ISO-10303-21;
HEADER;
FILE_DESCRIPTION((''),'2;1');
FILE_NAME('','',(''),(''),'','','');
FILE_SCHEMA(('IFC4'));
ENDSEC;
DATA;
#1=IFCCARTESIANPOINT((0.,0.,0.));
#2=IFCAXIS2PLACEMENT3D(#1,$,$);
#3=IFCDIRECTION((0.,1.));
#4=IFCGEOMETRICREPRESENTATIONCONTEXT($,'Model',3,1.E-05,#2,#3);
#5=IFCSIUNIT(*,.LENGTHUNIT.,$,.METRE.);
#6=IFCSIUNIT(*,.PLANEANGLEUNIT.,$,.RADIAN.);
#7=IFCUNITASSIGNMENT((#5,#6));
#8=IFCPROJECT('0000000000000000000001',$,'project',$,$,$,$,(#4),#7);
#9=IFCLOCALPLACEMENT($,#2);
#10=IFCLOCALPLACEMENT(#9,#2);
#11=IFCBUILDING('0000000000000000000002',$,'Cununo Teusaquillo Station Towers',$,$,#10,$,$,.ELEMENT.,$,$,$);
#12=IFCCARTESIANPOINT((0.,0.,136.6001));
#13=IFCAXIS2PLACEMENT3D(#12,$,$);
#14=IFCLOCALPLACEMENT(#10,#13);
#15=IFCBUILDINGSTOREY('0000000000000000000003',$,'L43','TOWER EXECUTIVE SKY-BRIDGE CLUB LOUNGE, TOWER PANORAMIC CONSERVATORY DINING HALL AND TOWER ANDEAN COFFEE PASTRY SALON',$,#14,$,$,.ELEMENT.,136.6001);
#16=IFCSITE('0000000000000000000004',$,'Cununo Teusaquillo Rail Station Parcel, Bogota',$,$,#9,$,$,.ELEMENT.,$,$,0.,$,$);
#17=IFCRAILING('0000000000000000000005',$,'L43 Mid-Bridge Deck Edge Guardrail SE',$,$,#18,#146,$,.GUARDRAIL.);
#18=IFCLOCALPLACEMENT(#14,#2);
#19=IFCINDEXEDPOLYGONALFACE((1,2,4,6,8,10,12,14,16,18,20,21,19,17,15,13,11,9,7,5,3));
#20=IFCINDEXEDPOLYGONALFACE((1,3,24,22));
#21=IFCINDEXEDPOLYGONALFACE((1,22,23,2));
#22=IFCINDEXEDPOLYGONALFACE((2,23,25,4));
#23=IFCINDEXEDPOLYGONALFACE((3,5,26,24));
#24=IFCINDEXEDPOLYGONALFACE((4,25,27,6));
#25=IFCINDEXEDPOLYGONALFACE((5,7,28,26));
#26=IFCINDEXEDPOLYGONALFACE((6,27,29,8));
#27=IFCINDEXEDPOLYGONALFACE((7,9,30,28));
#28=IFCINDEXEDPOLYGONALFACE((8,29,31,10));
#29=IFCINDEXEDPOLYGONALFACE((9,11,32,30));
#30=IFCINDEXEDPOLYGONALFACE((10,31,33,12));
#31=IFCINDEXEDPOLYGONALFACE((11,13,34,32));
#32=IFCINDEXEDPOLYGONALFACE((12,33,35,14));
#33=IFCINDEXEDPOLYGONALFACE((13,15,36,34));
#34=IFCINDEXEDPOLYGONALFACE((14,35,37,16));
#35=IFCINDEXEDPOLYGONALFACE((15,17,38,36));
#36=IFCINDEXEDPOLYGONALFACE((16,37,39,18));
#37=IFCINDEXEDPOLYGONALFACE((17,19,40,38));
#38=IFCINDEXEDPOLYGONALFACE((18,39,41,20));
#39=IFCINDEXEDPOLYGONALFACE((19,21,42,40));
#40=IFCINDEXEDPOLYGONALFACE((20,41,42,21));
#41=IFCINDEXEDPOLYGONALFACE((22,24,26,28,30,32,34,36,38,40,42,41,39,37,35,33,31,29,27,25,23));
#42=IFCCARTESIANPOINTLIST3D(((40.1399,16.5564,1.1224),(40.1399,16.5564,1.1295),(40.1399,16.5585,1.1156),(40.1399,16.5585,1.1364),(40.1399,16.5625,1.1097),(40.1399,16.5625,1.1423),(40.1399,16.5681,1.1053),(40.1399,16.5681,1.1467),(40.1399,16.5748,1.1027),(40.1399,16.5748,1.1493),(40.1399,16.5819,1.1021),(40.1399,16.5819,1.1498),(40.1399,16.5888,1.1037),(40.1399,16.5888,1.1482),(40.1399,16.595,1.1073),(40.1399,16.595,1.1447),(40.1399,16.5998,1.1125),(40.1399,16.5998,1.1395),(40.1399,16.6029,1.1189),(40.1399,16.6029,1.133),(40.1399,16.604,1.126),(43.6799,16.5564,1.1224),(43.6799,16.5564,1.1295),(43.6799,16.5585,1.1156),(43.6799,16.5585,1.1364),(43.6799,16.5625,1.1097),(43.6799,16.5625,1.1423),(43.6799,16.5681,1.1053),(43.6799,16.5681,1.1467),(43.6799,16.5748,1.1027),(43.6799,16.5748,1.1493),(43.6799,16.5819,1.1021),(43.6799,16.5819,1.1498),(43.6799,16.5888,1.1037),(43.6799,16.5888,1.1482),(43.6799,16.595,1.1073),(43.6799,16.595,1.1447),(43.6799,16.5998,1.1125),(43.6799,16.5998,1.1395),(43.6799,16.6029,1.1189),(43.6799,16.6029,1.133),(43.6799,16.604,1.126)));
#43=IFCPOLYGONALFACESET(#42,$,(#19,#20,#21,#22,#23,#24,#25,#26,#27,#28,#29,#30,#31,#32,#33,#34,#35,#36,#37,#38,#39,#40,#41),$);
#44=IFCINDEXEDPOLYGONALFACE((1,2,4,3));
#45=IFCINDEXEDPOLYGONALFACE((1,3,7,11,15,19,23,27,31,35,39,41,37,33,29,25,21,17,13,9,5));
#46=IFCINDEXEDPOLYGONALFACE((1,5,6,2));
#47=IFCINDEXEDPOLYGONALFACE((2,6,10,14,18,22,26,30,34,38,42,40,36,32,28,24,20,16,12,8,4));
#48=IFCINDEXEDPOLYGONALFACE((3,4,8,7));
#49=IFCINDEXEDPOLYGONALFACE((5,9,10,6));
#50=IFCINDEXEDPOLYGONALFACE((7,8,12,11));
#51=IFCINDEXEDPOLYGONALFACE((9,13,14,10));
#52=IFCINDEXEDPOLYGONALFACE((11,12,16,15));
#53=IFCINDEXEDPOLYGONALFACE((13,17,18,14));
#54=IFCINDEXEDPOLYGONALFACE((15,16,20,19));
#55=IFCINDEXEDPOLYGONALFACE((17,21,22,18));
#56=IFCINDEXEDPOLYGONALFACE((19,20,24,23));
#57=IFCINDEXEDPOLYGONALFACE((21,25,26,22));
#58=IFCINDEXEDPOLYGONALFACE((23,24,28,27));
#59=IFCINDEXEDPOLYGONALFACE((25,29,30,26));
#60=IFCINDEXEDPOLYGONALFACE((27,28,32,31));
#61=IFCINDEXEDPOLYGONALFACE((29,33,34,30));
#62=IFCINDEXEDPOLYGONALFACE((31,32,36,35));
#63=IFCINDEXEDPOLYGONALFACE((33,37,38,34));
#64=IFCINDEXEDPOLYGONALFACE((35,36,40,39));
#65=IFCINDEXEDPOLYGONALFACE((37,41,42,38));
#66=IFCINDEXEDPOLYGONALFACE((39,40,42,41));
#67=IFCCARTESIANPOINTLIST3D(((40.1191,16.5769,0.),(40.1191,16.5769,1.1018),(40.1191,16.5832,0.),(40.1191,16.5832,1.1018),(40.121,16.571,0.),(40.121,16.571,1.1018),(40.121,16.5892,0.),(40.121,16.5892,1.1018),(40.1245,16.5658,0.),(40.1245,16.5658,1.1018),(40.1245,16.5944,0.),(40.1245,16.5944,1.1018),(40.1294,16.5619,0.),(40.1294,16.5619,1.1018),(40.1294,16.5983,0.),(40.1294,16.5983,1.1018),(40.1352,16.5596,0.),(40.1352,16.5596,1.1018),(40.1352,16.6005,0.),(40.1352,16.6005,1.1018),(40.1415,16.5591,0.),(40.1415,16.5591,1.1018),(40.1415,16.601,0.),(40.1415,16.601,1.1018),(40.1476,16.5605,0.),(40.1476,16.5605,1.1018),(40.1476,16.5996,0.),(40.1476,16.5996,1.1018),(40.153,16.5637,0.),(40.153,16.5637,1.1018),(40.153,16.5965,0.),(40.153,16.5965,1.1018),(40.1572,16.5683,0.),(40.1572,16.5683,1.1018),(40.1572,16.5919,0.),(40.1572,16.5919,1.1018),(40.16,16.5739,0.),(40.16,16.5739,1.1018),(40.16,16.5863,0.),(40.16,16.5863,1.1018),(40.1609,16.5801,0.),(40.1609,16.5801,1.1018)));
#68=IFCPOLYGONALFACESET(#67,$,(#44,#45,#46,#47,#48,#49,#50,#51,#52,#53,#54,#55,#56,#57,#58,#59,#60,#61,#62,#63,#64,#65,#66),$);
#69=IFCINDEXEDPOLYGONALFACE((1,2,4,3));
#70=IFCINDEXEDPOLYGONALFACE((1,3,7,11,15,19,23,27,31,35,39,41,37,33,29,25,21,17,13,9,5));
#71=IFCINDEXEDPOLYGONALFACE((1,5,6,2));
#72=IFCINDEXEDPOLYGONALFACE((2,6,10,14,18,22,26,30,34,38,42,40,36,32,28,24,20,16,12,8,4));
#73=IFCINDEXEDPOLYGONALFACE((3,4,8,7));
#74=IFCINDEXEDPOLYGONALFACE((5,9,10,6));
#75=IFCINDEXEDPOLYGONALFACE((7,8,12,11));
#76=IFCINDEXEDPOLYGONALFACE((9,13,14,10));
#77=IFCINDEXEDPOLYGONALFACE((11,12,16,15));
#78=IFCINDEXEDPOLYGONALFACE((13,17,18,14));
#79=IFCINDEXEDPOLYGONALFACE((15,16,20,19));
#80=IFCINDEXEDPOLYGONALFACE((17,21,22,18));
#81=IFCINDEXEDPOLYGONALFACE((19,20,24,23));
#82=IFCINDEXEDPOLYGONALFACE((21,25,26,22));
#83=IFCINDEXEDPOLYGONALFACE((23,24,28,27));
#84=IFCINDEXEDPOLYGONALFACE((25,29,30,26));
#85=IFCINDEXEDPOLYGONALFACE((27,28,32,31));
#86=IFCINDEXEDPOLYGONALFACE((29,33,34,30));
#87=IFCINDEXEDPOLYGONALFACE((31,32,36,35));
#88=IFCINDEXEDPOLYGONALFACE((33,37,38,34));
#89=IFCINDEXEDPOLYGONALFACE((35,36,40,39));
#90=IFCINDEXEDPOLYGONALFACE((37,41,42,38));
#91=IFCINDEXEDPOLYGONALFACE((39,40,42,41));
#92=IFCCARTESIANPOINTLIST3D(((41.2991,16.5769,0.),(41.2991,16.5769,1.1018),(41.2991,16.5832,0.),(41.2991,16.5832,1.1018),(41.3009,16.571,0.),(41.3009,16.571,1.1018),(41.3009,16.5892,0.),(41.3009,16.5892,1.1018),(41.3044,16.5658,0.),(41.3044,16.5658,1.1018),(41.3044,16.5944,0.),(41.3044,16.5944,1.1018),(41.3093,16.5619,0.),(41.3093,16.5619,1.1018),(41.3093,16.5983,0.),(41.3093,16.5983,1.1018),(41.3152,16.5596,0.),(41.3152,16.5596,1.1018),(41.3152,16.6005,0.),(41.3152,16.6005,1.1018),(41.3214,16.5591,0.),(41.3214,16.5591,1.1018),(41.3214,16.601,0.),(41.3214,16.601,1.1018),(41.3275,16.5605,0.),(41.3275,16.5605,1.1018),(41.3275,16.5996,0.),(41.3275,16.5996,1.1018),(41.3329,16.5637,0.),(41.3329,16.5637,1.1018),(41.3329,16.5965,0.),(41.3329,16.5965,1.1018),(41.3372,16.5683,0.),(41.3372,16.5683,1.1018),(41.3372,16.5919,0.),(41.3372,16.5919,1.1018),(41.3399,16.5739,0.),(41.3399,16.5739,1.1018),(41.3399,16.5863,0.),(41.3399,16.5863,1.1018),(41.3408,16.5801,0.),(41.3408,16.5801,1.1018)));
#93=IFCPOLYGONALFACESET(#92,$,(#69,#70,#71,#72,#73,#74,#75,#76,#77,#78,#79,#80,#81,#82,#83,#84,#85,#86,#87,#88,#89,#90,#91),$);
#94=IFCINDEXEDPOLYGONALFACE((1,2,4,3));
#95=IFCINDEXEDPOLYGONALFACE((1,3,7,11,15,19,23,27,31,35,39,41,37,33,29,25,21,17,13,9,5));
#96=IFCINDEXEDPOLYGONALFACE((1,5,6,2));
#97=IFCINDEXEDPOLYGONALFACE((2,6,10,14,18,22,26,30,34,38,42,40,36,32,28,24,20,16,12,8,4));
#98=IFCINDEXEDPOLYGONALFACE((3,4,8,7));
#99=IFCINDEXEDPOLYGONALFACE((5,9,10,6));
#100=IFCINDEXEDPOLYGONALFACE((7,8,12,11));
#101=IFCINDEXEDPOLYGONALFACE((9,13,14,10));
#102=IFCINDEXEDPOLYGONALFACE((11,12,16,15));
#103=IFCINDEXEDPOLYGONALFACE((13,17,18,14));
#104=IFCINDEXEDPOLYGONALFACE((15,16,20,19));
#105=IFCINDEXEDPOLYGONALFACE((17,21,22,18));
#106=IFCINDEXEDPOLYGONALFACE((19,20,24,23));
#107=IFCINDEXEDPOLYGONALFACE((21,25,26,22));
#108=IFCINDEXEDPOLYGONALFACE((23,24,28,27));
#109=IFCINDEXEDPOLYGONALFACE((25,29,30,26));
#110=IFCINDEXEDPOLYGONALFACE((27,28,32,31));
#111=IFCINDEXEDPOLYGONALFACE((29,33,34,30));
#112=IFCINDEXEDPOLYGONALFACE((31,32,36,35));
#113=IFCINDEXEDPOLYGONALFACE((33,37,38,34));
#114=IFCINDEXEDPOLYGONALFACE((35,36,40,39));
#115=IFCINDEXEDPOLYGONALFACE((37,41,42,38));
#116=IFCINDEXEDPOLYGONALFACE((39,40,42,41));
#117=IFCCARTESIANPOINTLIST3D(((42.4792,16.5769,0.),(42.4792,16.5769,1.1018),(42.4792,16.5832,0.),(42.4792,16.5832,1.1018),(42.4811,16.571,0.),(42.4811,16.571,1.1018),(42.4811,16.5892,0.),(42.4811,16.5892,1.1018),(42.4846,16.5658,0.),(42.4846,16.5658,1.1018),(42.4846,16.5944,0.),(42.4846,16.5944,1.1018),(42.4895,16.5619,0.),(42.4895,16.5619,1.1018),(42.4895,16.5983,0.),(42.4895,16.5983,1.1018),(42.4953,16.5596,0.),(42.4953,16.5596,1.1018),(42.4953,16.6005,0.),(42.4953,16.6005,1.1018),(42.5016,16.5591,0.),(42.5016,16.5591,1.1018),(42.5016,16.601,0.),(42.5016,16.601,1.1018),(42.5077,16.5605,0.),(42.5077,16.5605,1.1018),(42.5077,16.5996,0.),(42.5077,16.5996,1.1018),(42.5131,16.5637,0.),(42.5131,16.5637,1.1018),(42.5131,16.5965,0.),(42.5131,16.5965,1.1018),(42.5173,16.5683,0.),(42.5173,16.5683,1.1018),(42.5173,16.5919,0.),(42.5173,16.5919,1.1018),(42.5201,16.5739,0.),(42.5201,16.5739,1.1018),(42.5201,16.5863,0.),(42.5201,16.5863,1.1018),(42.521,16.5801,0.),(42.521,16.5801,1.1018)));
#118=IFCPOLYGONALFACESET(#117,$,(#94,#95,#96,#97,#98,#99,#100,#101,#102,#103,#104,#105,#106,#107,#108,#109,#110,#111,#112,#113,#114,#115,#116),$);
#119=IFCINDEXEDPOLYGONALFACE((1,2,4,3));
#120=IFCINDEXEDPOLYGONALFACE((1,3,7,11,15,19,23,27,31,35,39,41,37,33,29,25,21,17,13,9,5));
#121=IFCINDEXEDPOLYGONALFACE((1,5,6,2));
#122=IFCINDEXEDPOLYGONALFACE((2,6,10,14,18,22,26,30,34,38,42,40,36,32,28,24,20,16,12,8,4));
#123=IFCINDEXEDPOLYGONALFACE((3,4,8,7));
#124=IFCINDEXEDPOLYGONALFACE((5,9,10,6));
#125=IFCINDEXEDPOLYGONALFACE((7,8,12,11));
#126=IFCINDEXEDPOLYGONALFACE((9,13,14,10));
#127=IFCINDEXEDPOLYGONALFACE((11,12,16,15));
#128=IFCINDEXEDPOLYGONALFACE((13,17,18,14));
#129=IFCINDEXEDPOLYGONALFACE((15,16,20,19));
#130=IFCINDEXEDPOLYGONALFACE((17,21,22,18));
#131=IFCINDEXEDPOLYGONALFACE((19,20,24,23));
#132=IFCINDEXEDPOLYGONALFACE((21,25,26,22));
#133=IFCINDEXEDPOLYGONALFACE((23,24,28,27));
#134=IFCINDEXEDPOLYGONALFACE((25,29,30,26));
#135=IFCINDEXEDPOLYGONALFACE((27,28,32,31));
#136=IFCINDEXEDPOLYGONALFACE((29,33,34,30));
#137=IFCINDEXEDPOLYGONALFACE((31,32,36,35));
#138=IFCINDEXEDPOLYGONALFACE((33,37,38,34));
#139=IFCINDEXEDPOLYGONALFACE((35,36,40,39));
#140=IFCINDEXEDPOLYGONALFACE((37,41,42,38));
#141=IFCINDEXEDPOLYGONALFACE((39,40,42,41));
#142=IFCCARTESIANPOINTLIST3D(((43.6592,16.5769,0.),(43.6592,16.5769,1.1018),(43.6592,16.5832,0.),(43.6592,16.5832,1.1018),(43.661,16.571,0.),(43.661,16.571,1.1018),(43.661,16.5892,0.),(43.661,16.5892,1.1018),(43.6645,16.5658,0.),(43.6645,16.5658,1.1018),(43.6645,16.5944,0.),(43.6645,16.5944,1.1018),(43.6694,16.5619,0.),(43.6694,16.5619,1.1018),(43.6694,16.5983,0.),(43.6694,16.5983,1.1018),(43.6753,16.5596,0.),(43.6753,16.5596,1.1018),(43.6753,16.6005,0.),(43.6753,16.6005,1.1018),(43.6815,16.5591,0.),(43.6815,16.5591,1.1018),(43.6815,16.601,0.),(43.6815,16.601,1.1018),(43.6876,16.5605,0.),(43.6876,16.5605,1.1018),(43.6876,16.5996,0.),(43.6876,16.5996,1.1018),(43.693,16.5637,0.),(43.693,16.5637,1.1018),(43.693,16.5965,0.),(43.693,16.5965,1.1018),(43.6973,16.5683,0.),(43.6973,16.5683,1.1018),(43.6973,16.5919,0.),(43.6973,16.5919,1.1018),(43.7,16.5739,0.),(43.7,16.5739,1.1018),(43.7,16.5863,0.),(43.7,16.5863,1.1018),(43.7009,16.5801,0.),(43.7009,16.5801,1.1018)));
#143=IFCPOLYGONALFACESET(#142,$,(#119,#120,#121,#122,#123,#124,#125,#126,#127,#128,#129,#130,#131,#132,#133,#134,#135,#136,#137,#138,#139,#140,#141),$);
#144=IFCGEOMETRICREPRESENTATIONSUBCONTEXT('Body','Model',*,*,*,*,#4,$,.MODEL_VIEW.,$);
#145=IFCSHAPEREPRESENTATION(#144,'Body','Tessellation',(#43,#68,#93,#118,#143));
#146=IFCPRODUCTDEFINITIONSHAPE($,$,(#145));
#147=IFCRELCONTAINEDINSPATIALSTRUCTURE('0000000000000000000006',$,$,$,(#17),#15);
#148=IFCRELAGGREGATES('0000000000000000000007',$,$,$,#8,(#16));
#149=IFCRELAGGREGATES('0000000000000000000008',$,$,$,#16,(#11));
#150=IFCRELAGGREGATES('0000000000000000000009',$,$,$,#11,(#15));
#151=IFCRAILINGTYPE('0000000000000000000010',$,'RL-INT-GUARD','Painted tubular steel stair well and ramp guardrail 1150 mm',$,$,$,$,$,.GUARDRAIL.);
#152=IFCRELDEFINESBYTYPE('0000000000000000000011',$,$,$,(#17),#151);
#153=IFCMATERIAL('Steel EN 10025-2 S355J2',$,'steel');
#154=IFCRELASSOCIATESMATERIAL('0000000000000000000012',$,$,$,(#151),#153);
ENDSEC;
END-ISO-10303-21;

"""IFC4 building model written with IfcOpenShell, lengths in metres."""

from ifc_helpers import new_model, si_unit, direction, frame, origin, origin_2d, place, context, subcontext, project, spatial, circle, extrude, material, type_object, element, save


model = new_model("IFC4")

# Units and contexts
model_context = context("Model", 3, precision=1e-05, world=origin(), true_north=direction((0.0, 1.0)))
body_context = subcontext(model_context, "Body", "Model", "MODEL_VIEW")
ifc_project = project(units=[si_unit("LENGTHUNIT", "METRE"), si_unit("PLANEANGLEUNIT", "RADIAN")], contexts=[model_context])

# Site, building, storey
site_placement = place(None, origin())
site = spatial("IfcSite", under=ifc_project, at=site_placement, Name="Cununo Teusaquillo Rail Station Parcel, Bogota", CompositionType="ELEMENT", RefElevation=0.0)
building_placement = place(site_placement, origin())
building = spatial("IfcBuilding", under=site, at=building_placement, Name="Cununo Teusaquillo Station Towers", CompositionType="ELEMENT")
storey_placement = place(building_placement, frame((0.0, 0.0, 136.6001)))
storey = spatial("IfcBuildingStorey", under=building, at=storey_placement, Name="L43", Description="TOWER EXECUTIVE SKY-BRIDGE CLUB LOUNGE, TOWER PANORAMIC CONSERVATORY DINING HALL AND TOWER ANDEAN COFFEE PASTRY SALON", CompositionType="ELEMENT", Elevation=136.6001)

# Railing
ifc_material_1 = material(Name="Steel EN 10025-2 S355J2", Category="steel")
railing_type = type_object("IfcRailingType", Name="RL-INT-GUARD", Description="Painted tubular steel stair well and ramp guardrail 1150 mm", PredefinedType="GUARDRAIL", material=ifc_material_1)
railing_placement = place(storey_placement, frame((40.1399, 16.5801, 0.0)))
element("IfcRailing", 1, at=railing_placement, inside=storey, type_object=railing_type, Name="L43 Mid-Bridge Deck Edge Guardrail SE", PredefinedType="GUARDRAIL", context=body_context, shape_type="SweptSolid", body=[
    extrude(circle(Radius=0.0239, at=origin_2d()), frame((0.0, 0.0, 1.126), z_axis=(1.0, 0.0, 0.0), x_axis=(0.0, 1.0, 0.0)), (0.0, 0.0, 1.0), 3.54),
    extrude(circle(Radius=0.021, at=origin_2d()), origin(), (0.0, 0.0, 1.0), 1.1018),
    extrude(circle(Radius=0.021, at=origin_2d()), frame((1.1799, 0.0, 0.0)), (0.0, 0.0, 1.0), 1.1018),
    extrude(circle(Radius=0.021, at=origin_2d()), frame((2.3601, 0.0, 0.0)), (0.0, 0.0, 1.0), 1.1018),
    extrude(circle(Radius=0.021, at=origin_2d()), frame((3.54, 0.0, 0.0)), (0.0, 0.0, 1.0), 1.1018),
])

save(model, "model.ifc")
